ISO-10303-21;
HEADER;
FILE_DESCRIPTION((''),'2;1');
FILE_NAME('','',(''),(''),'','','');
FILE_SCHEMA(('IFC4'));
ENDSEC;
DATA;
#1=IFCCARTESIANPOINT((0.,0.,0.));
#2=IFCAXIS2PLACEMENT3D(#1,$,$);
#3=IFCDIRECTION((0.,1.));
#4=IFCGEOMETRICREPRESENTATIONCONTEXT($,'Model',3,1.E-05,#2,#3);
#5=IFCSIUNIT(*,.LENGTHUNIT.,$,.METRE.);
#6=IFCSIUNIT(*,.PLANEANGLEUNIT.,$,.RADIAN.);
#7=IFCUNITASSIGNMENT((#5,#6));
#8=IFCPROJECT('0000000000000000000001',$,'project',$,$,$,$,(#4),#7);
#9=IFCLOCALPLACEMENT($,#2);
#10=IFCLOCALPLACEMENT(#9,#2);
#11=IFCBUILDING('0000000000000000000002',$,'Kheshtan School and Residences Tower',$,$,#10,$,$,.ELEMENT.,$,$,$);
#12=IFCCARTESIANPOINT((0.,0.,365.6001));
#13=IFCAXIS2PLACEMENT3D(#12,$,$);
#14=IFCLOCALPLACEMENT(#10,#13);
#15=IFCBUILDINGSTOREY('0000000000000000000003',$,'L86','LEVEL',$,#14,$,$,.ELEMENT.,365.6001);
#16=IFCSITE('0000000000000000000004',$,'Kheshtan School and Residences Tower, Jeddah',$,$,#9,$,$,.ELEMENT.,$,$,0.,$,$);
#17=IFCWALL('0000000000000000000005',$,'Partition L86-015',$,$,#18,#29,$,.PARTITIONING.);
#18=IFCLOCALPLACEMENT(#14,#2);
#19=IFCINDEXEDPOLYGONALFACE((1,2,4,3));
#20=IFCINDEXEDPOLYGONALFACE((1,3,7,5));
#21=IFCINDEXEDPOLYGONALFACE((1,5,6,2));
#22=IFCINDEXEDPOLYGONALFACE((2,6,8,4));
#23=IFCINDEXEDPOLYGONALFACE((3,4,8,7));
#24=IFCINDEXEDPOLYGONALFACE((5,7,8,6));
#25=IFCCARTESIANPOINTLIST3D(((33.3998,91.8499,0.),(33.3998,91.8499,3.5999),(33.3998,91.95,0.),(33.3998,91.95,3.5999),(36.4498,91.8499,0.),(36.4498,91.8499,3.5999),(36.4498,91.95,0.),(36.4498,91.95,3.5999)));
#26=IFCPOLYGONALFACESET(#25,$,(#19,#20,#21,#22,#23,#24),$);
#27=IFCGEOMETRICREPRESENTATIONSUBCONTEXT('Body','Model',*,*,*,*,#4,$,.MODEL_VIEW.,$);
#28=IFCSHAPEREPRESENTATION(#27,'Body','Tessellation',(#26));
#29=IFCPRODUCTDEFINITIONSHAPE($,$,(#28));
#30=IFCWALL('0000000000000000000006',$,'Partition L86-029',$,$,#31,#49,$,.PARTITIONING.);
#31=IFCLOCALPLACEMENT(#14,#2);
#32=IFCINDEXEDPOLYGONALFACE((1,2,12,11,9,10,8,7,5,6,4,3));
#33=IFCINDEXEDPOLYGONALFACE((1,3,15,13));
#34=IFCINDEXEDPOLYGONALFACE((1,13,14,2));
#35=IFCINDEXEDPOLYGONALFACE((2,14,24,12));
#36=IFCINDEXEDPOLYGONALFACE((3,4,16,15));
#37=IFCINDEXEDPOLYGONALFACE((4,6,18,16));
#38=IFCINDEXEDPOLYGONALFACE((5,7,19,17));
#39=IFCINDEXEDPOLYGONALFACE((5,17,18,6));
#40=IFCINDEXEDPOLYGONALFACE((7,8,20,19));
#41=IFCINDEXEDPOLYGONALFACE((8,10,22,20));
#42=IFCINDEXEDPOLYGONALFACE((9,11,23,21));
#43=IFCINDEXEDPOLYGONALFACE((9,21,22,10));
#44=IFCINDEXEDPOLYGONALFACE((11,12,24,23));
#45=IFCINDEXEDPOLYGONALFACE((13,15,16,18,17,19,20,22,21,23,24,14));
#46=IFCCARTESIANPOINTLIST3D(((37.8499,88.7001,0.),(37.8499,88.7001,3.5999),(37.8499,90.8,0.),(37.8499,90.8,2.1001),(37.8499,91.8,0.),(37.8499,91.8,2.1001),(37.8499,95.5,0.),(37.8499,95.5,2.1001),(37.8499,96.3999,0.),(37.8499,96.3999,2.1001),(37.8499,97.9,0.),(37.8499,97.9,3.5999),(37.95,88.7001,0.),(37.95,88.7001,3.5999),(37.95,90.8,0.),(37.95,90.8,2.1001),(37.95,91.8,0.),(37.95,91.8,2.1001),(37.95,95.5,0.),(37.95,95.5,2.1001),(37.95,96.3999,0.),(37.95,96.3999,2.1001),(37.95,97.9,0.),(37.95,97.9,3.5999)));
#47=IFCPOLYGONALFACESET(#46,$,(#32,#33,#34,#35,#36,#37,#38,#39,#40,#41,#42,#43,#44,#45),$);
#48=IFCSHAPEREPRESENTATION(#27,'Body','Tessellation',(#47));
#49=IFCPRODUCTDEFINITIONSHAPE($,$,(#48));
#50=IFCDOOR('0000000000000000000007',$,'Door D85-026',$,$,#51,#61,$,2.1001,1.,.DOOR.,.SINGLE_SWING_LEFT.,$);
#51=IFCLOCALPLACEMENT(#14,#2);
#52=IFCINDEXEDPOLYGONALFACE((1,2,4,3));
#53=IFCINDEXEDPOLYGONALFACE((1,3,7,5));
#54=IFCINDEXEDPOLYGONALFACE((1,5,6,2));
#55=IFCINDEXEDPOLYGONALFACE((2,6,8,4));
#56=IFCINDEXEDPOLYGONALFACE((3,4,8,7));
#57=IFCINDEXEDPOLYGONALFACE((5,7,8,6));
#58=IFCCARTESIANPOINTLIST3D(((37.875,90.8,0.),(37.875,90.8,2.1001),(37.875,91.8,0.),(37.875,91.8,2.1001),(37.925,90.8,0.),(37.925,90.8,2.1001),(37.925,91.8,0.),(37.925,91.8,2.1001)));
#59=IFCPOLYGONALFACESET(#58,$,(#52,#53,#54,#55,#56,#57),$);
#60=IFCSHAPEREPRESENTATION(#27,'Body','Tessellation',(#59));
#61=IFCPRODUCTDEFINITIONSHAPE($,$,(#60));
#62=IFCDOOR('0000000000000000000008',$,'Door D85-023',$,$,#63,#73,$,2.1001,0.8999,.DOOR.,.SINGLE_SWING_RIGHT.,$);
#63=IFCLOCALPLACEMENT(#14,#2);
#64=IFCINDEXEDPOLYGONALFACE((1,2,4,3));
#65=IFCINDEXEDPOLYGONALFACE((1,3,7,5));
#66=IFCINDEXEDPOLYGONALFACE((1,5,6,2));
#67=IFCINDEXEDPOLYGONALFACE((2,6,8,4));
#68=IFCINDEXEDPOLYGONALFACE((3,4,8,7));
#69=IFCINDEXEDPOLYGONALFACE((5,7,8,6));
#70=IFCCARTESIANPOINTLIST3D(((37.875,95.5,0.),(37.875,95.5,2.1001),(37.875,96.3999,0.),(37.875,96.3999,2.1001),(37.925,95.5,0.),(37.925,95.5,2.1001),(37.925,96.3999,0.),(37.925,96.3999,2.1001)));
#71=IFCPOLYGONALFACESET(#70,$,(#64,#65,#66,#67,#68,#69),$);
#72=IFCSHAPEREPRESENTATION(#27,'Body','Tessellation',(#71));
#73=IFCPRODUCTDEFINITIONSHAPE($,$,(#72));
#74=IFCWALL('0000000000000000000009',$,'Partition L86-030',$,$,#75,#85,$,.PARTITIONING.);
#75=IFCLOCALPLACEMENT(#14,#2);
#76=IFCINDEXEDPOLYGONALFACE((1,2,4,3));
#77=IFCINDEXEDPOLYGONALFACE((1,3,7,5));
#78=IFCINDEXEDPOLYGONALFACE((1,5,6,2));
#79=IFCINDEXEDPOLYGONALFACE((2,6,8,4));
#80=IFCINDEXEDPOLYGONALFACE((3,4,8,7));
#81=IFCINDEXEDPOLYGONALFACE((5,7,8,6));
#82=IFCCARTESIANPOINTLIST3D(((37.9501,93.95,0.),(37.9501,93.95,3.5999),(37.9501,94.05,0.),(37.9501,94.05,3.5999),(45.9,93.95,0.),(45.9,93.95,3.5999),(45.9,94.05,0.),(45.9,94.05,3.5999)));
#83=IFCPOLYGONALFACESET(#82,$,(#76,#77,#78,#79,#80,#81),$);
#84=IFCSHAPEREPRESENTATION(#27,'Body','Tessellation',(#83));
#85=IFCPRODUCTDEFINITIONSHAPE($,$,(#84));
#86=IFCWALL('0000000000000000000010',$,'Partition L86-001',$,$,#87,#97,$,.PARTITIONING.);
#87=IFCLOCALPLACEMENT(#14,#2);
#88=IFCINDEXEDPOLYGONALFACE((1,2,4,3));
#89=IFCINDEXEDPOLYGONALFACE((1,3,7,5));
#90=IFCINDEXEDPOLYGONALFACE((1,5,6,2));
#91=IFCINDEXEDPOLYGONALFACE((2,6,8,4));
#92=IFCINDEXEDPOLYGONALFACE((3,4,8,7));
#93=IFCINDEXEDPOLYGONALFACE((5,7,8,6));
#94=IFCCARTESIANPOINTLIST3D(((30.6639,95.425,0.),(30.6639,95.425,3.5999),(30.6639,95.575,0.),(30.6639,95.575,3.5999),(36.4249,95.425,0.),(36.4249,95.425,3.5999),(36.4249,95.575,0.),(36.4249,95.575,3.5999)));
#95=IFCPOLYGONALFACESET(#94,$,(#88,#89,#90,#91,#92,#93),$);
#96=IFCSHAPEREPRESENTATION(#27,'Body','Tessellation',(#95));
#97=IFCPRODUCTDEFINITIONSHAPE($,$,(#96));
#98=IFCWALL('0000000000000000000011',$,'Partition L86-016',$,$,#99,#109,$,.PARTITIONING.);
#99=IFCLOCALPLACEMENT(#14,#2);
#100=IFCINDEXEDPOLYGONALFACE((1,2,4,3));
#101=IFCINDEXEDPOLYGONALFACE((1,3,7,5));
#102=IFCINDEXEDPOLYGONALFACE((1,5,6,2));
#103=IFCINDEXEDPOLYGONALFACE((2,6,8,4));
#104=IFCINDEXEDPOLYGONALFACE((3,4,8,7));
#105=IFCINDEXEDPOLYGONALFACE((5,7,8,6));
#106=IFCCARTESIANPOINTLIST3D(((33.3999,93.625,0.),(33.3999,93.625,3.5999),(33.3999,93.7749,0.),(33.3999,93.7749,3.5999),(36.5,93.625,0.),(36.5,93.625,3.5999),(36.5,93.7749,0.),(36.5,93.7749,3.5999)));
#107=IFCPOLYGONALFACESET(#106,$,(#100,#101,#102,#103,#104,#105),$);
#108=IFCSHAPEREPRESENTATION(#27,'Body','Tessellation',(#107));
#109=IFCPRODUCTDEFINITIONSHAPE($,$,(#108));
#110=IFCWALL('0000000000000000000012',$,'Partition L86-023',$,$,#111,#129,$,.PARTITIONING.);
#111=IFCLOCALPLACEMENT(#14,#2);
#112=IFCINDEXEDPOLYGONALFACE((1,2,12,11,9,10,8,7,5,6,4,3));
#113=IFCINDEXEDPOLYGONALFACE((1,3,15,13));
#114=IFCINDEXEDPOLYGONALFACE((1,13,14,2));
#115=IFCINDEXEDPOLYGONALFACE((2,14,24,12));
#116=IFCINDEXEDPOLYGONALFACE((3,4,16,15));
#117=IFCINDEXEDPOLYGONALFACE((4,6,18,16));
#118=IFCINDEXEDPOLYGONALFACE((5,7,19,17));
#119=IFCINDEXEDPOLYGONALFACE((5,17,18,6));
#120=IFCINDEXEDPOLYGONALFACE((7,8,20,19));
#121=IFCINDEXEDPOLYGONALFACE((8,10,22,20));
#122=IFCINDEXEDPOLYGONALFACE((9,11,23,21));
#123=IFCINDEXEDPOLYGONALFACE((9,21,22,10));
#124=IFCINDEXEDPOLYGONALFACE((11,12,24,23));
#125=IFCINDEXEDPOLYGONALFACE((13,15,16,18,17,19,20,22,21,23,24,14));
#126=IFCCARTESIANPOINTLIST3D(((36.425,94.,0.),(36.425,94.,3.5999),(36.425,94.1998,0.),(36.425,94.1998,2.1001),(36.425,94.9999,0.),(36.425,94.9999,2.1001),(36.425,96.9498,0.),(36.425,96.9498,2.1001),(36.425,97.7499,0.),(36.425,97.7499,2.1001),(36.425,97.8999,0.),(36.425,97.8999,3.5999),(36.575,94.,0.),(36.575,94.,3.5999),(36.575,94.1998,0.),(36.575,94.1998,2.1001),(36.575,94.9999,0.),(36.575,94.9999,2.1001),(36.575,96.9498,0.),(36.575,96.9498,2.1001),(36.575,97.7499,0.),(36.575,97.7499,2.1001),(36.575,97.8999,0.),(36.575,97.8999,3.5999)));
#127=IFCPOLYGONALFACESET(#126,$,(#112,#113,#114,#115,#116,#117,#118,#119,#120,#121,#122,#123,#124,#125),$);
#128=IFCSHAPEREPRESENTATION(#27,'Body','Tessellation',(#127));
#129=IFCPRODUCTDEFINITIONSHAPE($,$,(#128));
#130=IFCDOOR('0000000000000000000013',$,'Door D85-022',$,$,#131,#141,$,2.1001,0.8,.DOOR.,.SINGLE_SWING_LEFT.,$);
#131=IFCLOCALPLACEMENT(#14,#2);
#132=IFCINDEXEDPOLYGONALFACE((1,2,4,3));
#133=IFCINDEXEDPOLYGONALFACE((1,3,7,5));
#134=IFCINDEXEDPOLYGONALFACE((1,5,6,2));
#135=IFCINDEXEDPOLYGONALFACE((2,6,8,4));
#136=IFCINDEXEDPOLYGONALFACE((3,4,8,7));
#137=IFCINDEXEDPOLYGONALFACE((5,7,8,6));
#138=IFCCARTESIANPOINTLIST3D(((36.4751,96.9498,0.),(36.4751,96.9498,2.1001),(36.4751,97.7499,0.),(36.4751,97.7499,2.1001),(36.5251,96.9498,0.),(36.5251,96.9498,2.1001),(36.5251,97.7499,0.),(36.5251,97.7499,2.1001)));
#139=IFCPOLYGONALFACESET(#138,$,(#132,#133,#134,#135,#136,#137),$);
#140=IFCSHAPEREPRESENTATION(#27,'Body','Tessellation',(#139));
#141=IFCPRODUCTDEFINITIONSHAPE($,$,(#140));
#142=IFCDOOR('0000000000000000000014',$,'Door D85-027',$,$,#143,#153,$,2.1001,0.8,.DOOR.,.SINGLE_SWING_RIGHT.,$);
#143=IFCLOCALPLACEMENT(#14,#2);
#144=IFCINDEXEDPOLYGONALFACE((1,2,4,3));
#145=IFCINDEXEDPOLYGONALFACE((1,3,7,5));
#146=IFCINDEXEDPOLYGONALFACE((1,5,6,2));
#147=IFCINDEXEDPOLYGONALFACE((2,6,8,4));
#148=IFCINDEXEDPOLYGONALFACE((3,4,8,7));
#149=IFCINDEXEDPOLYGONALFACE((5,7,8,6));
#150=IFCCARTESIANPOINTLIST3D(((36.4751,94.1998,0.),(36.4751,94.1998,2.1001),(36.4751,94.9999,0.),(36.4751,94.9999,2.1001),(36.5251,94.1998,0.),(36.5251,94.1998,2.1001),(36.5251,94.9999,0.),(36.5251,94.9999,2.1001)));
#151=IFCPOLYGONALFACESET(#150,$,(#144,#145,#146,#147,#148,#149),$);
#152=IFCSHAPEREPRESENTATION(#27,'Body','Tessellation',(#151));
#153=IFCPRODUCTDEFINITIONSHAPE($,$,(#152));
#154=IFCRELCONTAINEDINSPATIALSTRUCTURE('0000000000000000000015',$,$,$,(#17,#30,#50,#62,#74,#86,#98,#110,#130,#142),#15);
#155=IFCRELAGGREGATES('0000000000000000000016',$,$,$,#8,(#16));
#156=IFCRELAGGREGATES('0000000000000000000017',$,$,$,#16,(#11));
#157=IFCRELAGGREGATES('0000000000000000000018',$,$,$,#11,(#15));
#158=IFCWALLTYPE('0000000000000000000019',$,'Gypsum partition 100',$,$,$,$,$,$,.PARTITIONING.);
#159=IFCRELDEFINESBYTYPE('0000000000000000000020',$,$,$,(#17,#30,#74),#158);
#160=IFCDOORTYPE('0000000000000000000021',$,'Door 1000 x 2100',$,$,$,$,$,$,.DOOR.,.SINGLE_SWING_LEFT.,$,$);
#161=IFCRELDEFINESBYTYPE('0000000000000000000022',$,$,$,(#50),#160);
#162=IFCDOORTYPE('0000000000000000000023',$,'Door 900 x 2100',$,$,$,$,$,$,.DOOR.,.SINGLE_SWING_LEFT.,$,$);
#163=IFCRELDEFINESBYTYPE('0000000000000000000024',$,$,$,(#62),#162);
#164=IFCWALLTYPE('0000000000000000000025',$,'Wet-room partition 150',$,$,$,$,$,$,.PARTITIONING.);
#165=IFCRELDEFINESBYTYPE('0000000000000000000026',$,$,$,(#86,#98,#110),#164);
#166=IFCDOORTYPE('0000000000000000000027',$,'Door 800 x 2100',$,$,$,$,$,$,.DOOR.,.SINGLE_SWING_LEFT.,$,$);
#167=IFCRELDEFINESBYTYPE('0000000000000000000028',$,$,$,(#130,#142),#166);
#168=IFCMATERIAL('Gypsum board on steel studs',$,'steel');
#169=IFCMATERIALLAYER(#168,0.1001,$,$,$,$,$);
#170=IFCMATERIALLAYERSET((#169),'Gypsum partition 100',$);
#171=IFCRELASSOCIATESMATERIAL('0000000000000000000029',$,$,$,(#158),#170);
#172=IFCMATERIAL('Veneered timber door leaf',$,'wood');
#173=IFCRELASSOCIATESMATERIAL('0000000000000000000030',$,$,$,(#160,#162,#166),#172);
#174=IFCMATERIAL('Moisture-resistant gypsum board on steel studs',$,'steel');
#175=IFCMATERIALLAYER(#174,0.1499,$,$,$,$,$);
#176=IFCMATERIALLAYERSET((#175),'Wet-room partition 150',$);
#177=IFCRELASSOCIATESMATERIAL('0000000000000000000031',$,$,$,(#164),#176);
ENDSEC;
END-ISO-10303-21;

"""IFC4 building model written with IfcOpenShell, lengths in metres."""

from ifc_helpers import new_model, si_unit, direction, frame, frame_2d, origin, place, context, subcontext, project, spatial, rectangle, extrude, source, transform, mapped, material, layer, layer_set, type_object, element, fill, save


model = new_model("IFC4")

# Units and contexts
model_context = context("Model", 3, precision=1e-05, world=origin(), true_north=direction((0.0, 1.0)))
body_context = subcontext(model_context, "Body", "Model", "MODEL_VIEW")
ifc_project = project(units=[si_unit("LENGTHUNIT", "METRE"), si_unit("PLANEANGLEUNIT", "RADIAN")], contexts=[model_context])

# Site, building, storey
site_placement = place(None, origin())
site = spatial("IfcSite", under=ifc_project, at=site_placement, Name="Kheshtan School and Residences Tower, Jeddah", CompositionType="ELEMENT", RefElevation=0.0)
building_placement = place(site_placement, origin())
building = spatial("IfcBuilding", under=site, at=building_placement, Name="Kheshtan School and Residences Tower", CompositionType="ELEMENT")
storey_placement = place(building_placement, frame((0.0, 0.0, 365.6001)))
storey = spatial("IfcBuildingStorey", under=building, at=storey_placement, Name="L86", Description="LEVEL", CompositionType="ELEMENT", Elevation=365.6001)

# Wall
ifc_material_1 = material(Name="Gypsum board on steel studs", Category="steel")
ifc_layer_1 = layer(ifc_material_1, 0.1001)
ifc_layer_set_1 = layer_set([ifc_layer_1], Name="Gypsum partition 100")
wall_type_1 = type_object("IfcWallType", Name="Gypsum partition 100", PredefinedType="PARTITIONING", material=ifc_layer_set_1)
wall_1_placement = place(storey_placement, frame((33.3999, 91.8999, 0.0), z_axis=(0.0, 0.0, 1.0), x_axis=(1.0, 0.0, 0.0)))
element("IfcWall", 1, at=wall_1_placement, inside=storey, type_object=wall_type_1, Name="Partition L86-015", PredefinedType="PARTITIONING", context=body_context, shape_type="SweptSolid", body=[
    extrude(rectangle(XDim=3.05, YDim=0.1001, at=frame_2d((1.5249, 0.0))), origin(), (0.0, 0.0, 1.0), 3.5999),
])

# Wall, openings, doors
wall_2_placement = place(storey_placement, frame((37.8999, 88.7, 0.0), z_axis=(0.0, 0.0, 1.0), x_axis=(0.0, 1.0, 0.0)))
wall_2 = element("IfcWall", 2, at=wall_2_placement, inside=storey, type_object=wall_type_1, Name="Partition L86-029", PredefinedType="PARTITIONING", context=body_context, shape_type="SweptSolid", body=[
    extrude(rectangle(XDim=9.2, YDim=0.1001, at=frame_2d((4.6001, 0.0))), origin(), (0.0, 0.0, 1.0), 3.5999),
])
opening_1_placement = place(wall_2_placement, frame((6.8, 0.0, 0.0)))
opening_1 = element("IfcOpeningElement", 3, at=opening_1_placement, cuts=wall_2, PredefinedType="OPENING", context=body_context, shape_type="SweptSolid", body=[
    extrude(rectangle(XDim=0.8999, YDim=2.1001, at=frame_2d((0.45, 1.05))), frame((0.0, 0.0601, 0.0), z_axis=(0.0, -1.0, 0.0), x_axis=(1.0, 0.0, 0.0)), (0.0, 0.0, 1.0), 0.1201),
])
opening_2_placement = place(wall_2_placement, frame((2.1001, 0.0, 0.0)))
opening_2 = element("IfcOpeningElement", 4, at=opening_2_placement, cuts=wall_2, PredefinedType="OPENING", context=body_context, shape_type="SweptSolid", body=[
    extrude(rectangle(XDim=1.0, YDim=2.1001, at=frame_2d((0.5, 1.05))), frame((0.0, 0.0601, 0.0), z_axis=(0.0, -1.0, 0.0), x_axis=(1.0, 0.0, 0.0)), (0.0, 0.0, 1.0), 0.1201),
])
ifc_material_2 = material(Name="Veneered timber door leaf", Category="wood")
door_type_1 = type_object("IfcDoorType", Name="Door 1000 x 2100", OperationType="SINGLE_SWING_LEFT", PredefinedType="DOOR", material=ifc_material_2)
shared_shape_1 = source(origin(), body_context, "Body", "SweptSolid", [
    extrude(rectangle(XDim=1.0, YDim=2.1001, at=frame_2d((0.5, 1.05))), frame((0.0, 0.0249, 0.0), z_axis=(0.0, -1.0, 0.0), x_axis=(1.0, 0.0, 0.0)), (0.0, 0.0, 1.0), 0.05),
])
door_1_placement = place(opening_2_placement, origin())
door_1 = element("IfcDoor", 5, at=door_1_placement, inside=storey, type_object=door_type_1, Name="Door D85-026", OperationType="SINGLE_SWING_LEFT", OverallHeight=2.1001, OverallWidth=1.0, PredefinedType="DOOR", context=body_context, shape_type="MappedRepresentation", body=[
    mapped(shared_shape_1, transform((0.0, 0.0, 0.0), x_axis=(1.0, 0.0, 0.0), y_axis=(0.0, 1.0, 0.0), z_axis=(0.0, 0.0, 1.0), scale=1.0)),
])
fill(opening_2, door_1)
door_type_2 = type_object("IfcDoorType", Name="Door 900 x 2100", OperationType="SINGLE_SWING_LEFT", PredefinedType="DOOR", material=ifc_material_2)
shared_shape_2 = source(origin(), body_context, "Body", "SweptSolid", [
    extrude(rectangle(XDim=0.8999, YDim=2.1001, at=frame_2d((0.45, 1.05))), frame((0.0, 0.0249, 0.0), z_axis=(0.0, -1.0, 0.0), x_axis=(1.0, 0.0, 0.0)), (0.0, 0.0, 1.0), 0.05),
])
door_2_placement = place(opening_1_placement, origin())
door_2 = element("IfcDoor", 6, at=door_2_placement, inside=storey, type_object=door_type_2, Name="Door D85-023", OperationType="SINGLE_SWING_RIGHT", OverallHeight=2.1001, OverallWidth=0.8999, PredefinedType="DOOR", context=body_context, shape_type="MappedRepresentation", body=[
    mapped(shared_shape_2, transform((0.0, 0.0, 0.0), x_axis=(1.0, 0.0, 0.0), y_axis=(0.0, 1.0, 0.0), z_axis=(0.0, 0.0, 1.0), scale=1.0)),
])
fill(opening_1, door_2)

# Walls
wall_3_placement = place(storey_placement, frame((37.95, 94.0, 0.0), z_axis=(0.0, 0.0, 1.0), x_axis=(1.0, 0.0, 0.0)))
element("IfcWall", 7, at=wall_3_placement, inside=storey, type_object=wall_type_1, Name="Partition L86-030", PredefinedType="PARTITIONING", context=body_context, shape_type="SweptSolid", body=[
    extrude(rectangle(XDim=7.95, YDim=0.1001, at=frame_2d((3.9751, 0.0))), origin(), (0.0, 0.0, 1.0), 3.5999),
])
ifc_material_3 = material(Name="Moisture-resistant gypsum board on steel studs", Category="steel")
ifc_layer_2 = layer(ifc_material_3, 0.1499)
ifc_layer_set_2 = layer_set([ifc_layer_2], Name="Wet-room partition 150")
wall_type_2 = type_object("IfcWallType", Name="Wet-room partition 150", PredefinedType="PARTITIONING", material=ifc_layer_set_2)
wall_4_placement = place(storey_placement, frame((30.6641, 95.5, 0.0), z_axis=(0.0, 0.0, 1.0), x_axis=(1.0, 0.0, 0.0)))
element("IfcWall", 8, at=wall_4_placement, inside=storey, type_object=wall_type_2, Name="Partition L86-001", PredefinedType="PARTITIONING", context=body_context, shape_type="SweptSolid", body=[
    extrude(rectangle(XDim=5.761, YDim=0.1499, at=frame_2d((2.8804, 0.0))), origin(), (0.0, 0.0, 1.0), 3.5999),
])
wall_5_placement = place(storey_placement, frame((33.3999, 93.7, 0.0), z_axis=(0.0, 0.0, 1.0), x_axis=(1.0, 0.0, 0.0)))
element("IfcWall", 9, at=wall_5_placement, inside=storey, type_object=wall_type_2, Name="Partition L86-016", PredefinedType="PARTITIONING", context=body_context, shape_type="SweptSolid", body=[
    extrude(rectangle(XDim=3.1001, YDim=0.1499, at=frame_2d((1.55, 0.0))), origin(), (0.0, 0.0, 1.0), 3.5999),
])

# Wall, openings, doors
wall_6_placement = place(storey_placement, frame((36.5, 94.0, 0.0), z_axis=(0.0, 0.0, 1.0), x_axis=(0.0, 1.0, 0.0)))
wall_6 = element("IfcWall", 10, at=wall_6_placement, inside=storey, type_object=wall_type_2, Name="Partition L86-023", PredefinedType="PARTITIONING", context=body_context, shape_type="SweptSolid", body=[
    extrude(rectangle(XDim=3.8999, YDim=0.1499, at=frame_2d((1.95, 0.0))), origin(), (0.0, 0.0, 1.0), 3.5999),
])
opening_3_placement = place(wall_6_placement, frame((2.95, 0.0, 0.0)))
opening_3 = element("IfcOpeningElement", 11, at=opening_3_placement, cuts=wall_6, PredefinedType="OPENING", context=body_context, shape_type="SweptSolid", body=[
    extrude(rectangle(XDim=0.8, YDim=2.1001, at=frame_2d((0.3999, 1.05))), frame((0.0, 0.085, 0.0), z_axis=(0.0, -1.0, 0.0), x_axis=(1.0, 0.0, 0.0)), (0.0, 0.0, 1.0), 0.1699),
])
opening_4_placement = place(wall_6_placement, frame((0.2, 0.0, 0.0)))
opening_4 = element("IfcOpeningElement", 12, at=opening_4_placement, cuts=wall_6, PredefinedType="OPENING", context=body_context, shape_type="SweptSolid", body=[
    extrude(rectangle(XDim=0.8, YDim=2.1001, at=frame_2d((0.3999, 1.05))), frame((0.0, 0.085, 0.0), z_axis=(0.0, -1.0, 0.0), x_axis=(1.0, 0.0, 0.0)), (0.0, 0.0, 1.0), 0.1699),
])
door_type_3 = type_object("IfcDoorType", Name="Door 800 x 2100", OperationType="SINGLE_SWING_LEFT", PredefinedType="DOOR", material=ifc_material_2)
shared_shape_3 = source(origin(), body_context, "Body", "SweptSolid", [
    extrude(rectangle(XDim=0.8, YDim=2.1001, at=frame_2d((0.3999, 1.05))), frame((0.0, 0.0249, 0.0), z_axis=(0.0, -1.0, 0.0), x_axis=(1.0, 0.0, 0.0)), (0.0, 0.0, 1.0), 0.05),
])
door_3_placement = place(opening_3_placement, origin())
door_3 = element("IfcDoor", 13, at=door_3_placement, inside=storey, type_object=door_type_3, Name="Door D85-022", OperationType="SINGLE_SWING_LEFT", OverallHeight=2.1001, OverallWidth=0.8, PredefinedType="DOOR", context=body_context, shape_type="MappedRepresentation", body=[
    mapped(shared_shape_3, transform((0.0, 0.0, 0.0), x_axis=(1.0, 0.0, 0.0), y_axis=(0.0, 1.0, 0.0), z_axis=(0.0, 0.0, 1.0), scale=1.0)),
])
fill(opening_3, door_3)
door_4_placement = place(opening_4_placement, origin())
door_4 = element("IfcDoor", 14, at=door_4_placement, inside=storey, type_object=door_type_3, Name="Door D85-027", OperationType="SINGLE_SWING_RIGHT", OverallHeight=2.1001, OverallWidth=0.8, PredefinedType="DOOR", context=body_context, shape_type="MappedRepresentation", body=[
    mapped(shared_shape_3, transform((0.0, 0.0, 0.0), x_axis=(1.0, 0.0, 0.0), y_axis=(0.0, 1.0, 0.0), z_axis=(0.0, 0.0, 1.0), scale=1.0)),
])
fill(opening_4, door_4)

save(model, "model.ifc")
